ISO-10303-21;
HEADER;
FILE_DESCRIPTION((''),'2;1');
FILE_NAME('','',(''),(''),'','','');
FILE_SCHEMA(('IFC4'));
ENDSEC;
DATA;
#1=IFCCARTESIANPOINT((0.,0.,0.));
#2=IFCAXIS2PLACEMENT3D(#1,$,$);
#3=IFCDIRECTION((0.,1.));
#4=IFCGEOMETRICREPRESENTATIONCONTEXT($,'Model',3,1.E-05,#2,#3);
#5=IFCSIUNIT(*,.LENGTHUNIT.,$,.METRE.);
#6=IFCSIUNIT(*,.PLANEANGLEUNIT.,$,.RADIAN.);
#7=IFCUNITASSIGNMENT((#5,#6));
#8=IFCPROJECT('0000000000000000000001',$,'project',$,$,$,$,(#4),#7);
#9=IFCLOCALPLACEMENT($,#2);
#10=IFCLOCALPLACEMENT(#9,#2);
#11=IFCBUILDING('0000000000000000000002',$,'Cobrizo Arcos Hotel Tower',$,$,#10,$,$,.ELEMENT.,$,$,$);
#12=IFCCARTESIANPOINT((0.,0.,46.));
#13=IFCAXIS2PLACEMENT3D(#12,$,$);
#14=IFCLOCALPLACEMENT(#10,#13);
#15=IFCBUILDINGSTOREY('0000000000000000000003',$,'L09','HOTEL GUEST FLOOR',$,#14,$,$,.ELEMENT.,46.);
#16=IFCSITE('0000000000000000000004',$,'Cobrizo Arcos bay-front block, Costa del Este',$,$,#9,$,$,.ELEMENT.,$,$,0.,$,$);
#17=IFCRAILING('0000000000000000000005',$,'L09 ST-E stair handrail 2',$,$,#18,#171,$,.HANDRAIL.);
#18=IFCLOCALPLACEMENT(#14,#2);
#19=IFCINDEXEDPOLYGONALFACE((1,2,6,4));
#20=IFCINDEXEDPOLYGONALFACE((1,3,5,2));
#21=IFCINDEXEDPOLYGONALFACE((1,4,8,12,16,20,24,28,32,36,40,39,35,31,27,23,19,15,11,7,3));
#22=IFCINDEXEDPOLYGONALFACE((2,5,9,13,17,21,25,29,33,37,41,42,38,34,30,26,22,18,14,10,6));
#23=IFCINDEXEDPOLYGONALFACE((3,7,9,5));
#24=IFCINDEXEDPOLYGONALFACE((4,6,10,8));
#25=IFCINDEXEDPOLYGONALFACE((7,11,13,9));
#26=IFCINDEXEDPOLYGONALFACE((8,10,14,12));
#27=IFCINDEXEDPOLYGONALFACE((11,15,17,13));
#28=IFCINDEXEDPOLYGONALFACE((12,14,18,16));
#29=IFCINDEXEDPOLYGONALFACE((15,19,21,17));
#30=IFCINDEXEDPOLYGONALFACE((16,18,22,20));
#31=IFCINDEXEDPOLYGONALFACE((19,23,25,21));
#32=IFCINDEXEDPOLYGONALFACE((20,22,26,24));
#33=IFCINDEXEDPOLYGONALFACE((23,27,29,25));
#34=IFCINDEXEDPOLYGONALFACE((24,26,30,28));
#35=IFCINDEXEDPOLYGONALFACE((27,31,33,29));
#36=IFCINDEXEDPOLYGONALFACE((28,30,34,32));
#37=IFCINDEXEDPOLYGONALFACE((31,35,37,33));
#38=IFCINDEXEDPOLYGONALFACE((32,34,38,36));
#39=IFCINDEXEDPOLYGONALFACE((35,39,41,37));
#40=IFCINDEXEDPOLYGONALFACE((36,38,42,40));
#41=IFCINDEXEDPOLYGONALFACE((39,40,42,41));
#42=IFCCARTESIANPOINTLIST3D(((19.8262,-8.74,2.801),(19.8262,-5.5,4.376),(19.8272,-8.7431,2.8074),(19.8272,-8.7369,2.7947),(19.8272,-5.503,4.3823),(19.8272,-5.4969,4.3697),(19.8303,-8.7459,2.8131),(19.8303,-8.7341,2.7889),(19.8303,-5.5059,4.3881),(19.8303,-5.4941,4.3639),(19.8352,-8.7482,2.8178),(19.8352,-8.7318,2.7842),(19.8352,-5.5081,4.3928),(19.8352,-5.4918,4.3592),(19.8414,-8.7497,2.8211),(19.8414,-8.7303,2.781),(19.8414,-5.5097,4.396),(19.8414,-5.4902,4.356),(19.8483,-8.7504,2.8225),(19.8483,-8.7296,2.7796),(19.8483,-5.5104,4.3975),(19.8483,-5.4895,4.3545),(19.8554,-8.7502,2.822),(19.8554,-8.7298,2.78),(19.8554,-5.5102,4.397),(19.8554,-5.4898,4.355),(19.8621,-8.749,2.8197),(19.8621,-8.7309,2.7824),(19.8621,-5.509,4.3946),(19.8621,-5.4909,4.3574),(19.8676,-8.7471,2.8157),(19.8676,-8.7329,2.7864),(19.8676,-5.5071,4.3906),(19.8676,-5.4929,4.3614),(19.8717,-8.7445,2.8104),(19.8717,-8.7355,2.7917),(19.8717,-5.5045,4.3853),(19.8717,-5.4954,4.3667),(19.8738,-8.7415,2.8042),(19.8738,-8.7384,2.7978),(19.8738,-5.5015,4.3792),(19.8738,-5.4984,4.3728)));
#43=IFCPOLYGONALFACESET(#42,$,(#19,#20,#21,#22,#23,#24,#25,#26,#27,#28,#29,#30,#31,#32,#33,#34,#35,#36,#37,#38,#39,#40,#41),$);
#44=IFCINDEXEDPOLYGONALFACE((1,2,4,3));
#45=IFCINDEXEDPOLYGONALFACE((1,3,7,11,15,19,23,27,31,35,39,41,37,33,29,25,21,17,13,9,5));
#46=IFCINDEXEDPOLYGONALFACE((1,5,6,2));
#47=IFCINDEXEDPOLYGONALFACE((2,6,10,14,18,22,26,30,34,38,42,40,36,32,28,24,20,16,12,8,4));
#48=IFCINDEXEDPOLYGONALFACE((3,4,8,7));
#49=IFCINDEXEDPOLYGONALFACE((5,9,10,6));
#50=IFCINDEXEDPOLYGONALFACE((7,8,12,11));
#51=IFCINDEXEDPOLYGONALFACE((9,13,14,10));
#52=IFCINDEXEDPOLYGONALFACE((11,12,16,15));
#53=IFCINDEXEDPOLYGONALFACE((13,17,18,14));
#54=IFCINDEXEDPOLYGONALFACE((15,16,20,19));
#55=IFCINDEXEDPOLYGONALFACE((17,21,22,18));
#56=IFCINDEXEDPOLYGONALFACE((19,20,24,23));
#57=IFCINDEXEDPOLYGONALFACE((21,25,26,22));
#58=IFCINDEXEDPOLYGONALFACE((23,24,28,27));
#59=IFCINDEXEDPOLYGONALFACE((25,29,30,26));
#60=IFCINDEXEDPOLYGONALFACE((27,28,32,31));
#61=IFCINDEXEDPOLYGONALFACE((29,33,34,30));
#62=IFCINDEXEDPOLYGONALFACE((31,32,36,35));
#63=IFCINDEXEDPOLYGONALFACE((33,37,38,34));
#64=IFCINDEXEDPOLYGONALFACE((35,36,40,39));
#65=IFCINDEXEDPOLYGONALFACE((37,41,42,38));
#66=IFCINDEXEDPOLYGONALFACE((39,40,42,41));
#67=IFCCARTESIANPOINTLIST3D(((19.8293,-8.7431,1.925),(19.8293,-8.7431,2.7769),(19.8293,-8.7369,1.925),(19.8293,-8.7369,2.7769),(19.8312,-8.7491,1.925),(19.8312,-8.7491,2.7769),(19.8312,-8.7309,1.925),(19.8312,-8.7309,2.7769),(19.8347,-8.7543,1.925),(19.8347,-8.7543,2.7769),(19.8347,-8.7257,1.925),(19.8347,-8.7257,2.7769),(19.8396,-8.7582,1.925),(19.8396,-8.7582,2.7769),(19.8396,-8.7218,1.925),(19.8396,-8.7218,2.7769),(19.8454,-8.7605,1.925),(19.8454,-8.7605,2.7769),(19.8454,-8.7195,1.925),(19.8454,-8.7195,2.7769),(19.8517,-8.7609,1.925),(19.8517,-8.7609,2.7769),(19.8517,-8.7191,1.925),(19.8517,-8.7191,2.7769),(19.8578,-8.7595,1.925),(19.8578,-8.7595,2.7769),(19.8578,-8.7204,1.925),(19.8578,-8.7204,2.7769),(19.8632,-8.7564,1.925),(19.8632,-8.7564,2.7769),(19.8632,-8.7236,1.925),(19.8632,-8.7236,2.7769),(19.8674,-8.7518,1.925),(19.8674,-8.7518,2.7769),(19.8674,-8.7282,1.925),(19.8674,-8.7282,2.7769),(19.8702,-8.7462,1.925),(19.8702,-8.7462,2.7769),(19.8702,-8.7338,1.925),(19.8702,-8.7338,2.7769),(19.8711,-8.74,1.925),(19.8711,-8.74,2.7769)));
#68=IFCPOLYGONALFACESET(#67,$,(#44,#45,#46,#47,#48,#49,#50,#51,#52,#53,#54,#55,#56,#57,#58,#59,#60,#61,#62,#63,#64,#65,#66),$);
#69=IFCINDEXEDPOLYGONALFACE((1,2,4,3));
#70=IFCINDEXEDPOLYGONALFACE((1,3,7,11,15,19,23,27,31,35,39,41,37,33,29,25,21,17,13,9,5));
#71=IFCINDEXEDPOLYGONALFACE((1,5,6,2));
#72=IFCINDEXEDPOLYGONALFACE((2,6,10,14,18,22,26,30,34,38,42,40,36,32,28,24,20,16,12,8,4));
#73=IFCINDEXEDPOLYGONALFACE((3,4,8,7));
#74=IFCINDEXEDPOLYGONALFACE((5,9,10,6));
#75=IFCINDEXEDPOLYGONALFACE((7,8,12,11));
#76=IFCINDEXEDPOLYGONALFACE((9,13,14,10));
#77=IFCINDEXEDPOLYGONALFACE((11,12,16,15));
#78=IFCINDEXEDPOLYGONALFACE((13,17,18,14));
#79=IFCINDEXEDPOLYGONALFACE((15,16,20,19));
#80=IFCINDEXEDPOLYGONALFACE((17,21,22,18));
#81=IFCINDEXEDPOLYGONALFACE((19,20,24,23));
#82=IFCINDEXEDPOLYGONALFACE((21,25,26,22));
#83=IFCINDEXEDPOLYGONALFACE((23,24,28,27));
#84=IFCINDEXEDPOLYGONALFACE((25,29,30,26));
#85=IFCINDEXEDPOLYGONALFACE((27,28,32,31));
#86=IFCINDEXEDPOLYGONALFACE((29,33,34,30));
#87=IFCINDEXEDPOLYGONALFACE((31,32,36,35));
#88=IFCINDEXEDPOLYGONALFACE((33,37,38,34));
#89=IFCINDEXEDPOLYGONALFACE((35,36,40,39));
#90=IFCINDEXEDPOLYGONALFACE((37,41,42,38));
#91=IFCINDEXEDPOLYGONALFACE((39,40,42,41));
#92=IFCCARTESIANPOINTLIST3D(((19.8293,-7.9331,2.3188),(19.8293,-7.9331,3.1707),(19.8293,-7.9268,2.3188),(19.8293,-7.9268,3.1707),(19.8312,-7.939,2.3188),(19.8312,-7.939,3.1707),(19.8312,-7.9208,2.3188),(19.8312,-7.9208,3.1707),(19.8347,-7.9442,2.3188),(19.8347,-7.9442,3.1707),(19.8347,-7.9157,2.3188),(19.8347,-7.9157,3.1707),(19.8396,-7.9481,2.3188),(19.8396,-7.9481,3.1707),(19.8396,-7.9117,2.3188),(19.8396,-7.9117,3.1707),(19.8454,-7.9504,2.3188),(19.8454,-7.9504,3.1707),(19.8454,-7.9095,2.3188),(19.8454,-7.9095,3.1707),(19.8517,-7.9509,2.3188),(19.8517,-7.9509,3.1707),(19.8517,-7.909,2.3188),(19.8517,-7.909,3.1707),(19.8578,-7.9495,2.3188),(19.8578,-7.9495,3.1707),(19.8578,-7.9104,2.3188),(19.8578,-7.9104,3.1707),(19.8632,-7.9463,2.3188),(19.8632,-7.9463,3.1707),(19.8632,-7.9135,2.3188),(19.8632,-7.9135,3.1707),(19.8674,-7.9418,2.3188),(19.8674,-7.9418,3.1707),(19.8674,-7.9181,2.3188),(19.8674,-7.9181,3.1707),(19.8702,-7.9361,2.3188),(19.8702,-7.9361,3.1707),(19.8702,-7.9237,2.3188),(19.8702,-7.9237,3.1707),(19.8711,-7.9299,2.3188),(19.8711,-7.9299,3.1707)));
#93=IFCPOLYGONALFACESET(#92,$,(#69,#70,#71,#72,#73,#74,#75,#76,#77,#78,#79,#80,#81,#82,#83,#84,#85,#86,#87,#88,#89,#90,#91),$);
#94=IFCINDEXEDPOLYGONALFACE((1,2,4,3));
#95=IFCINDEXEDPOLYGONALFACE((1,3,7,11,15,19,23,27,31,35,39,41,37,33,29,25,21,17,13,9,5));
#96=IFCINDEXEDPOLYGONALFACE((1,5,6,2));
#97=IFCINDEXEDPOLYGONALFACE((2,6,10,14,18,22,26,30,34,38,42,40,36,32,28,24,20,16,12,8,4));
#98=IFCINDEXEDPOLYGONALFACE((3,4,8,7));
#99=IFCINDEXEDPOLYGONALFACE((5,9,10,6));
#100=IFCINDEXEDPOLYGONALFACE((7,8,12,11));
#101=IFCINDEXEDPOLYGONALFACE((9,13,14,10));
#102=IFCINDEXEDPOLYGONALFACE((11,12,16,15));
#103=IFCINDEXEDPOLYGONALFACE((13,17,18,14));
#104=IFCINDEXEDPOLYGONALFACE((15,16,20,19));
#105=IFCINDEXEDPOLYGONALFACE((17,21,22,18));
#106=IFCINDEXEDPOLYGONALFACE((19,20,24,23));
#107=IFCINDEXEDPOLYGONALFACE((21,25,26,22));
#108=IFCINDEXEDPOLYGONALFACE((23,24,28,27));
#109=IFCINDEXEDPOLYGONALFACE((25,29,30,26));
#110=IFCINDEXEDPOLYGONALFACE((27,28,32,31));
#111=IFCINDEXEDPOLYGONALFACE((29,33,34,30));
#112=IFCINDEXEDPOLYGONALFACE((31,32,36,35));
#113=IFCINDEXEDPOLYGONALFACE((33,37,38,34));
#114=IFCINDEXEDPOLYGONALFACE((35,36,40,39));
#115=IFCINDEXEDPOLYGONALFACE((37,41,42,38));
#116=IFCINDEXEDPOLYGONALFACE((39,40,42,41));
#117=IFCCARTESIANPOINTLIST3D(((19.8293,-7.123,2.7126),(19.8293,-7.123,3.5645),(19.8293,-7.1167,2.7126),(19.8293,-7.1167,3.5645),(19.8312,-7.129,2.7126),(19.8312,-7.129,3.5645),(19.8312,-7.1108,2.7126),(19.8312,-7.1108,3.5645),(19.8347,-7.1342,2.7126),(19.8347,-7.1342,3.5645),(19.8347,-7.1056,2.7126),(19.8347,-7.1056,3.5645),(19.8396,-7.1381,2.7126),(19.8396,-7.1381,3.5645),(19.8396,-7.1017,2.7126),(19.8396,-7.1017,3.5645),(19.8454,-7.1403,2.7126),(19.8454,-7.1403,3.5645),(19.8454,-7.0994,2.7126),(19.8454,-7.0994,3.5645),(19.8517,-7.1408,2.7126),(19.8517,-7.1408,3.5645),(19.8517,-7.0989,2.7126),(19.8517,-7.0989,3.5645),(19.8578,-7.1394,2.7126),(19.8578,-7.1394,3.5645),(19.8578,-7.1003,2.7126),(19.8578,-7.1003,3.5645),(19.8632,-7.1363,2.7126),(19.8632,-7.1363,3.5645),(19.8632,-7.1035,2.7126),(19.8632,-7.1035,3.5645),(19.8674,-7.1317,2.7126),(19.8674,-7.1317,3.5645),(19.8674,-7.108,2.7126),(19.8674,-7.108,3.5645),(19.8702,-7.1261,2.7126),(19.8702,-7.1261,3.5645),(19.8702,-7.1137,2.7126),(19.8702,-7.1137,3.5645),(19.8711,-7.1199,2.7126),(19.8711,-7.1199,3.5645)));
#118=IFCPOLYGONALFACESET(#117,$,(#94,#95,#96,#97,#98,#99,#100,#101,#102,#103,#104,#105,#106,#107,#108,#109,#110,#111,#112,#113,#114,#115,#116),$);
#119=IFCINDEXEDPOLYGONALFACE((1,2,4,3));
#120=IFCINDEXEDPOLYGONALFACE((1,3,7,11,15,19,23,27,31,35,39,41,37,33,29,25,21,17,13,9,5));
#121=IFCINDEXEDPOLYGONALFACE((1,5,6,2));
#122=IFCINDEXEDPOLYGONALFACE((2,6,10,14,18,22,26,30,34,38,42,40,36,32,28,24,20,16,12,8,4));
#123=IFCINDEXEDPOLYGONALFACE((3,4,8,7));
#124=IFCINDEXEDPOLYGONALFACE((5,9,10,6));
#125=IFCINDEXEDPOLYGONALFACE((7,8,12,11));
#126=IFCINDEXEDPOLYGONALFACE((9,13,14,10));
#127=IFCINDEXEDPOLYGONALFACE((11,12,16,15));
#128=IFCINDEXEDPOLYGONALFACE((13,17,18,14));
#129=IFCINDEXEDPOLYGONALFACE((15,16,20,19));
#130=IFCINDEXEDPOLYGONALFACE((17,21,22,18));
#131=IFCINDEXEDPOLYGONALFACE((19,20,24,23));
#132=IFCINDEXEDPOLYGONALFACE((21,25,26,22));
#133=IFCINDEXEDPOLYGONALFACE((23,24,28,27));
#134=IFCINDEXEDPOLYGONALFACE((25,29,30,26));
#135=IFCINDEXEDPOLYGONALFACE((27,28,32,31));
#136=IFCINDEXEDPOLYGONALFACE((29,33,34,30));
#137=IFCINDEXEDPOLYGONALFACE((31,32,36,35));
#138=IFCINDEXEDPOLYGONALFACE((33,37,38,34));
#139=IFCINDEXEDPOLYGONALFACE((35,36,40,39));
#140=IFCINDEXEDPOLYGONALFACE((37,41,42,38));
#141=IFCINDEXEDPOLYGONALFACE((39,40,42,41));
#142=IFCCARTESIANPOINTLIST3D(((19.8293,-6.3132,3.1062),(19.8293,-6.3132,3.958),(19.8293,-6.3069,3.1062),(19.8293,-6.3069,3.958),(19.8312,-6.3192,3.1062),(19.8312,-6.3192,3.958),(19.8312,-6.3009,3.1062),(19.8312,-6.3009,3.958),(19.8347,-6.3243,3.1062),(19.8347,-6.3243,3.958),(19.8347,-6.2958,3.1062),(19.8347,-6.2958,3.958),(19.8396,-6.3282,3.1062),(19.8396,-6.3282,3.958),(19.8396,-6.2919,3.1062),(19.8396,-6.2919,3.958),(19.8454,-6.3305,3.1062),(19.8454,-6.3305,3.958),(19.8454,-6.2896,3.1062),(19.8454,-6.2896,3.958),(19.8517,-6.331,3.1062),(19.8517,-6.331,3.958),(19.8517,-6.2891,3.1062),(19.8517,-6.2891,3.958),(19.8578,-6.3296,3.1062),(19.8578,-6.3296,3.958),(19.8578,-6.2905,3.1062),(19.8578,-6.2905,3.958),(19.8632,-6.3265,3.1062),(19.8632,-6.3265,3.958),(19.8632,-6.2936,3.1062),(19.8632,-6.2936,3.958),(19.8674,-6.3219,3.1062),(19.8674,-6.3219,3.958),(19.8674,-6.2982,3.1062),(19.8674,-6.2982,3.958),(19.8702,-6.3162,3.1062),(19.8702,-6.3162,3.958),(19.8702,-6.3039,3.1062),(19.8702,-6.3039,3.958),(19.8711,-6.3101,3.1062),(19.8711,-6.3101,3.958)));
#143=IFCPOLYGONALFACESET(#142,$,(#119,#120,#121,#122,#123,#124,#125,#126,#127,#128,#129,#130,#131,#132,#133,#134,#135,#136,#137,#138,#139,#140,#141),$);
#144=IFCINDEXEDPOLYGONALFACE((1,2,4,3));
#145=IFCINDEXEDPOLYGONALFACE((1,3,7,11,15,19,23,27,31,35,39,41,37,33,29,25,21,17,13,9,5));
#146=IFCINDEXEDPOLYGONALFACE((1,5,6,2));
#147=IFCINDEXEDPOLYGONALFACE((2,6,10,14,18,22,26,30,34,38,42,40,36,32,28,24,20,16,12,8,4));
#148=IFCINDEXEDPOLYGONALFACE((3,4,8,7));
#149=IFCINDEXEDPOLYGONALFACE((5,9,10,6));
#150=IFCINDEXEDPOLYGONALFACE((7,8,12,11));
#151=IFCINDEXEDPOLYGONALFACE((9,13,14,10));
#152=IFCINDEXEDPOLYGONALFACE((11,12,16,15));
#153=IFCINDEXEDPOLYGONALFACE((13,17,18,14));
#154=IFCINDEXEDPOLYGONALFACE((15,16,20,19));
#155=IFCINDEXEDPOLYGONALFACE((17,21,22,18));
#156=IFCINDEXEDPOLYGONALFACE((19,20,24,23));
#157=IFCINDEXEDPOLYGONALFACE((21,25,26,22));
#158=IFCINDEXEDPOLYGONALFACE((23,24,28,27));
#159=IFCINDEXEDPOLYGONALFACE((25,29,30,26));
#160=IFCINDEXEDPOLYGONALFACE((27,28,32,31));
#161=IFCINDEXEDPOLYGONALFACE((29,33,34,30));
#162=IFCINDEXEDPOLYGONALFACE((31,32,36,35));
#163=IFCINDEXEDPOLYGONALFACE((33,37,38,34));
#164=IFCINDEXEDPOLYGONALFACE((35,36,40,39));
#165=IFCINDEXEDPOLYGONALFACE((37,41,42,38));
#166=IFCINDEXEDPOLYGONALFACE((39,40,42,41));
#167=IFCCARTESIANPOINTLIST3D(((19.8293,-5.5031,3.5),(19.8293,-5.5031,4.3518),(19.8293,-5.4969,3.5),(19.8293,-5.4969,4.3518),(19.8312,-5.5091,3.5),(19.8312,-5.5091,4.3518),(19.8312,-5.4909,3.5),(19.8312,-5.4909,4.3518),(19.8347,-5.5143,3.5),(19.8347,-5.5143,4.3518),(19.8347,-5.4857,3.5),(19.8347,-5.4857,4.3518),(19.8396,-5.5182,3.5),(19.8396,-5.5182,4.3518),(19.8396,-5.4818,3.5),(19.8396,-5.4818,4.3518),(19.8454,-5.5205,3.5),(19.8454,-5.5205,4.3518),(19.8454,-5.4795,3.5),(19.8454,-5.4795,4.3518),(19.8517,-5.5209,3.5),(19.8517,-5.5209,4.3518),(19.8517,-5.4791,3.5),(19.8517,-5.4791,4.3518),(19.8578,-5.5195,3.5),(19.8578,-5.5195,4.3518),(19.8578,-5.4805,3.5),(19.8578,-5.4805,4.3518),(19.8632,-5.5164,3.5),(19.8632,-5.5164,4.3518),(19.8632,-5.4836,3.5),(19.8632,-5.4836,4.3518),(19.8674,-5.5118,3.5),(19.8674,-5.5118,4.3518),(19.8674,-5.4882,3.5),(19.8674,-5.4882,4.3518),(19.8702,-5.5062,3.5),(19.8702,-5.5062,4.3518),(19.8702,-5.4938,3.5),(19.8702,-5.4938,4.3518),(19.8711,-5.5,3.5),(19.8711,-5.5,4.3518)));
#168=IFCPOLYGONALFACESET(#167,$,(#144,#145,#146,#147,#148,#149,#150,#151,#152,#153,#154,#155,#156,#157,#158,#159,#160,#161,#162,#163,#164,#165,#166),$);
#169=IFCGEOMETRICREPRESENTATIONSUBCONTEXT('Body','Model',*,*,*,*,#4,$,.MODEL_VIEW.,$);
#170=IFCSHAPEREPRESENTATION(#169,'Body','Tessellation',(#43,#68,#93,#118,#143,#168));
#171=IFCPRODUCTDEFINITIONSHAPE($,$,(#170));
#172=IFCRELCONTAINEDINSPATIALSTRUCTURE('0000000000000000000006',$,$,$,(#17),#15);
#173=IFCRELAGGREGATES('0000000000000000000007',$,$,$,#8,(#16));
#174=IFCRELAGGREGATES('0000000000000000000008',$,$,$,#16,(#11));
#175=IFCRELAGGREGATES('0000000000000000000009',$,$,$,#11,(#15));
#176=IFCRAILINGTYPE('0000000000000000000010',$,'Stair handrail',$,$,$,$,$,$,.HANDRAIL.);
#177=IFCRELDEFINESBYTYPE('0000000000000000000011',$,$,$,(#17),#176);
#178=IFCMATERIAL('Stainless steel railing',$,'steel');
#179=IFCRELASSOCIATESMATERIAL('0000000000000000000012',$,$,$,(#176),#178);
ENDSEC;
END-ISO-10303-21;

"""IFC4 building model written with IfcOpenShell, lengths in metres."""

from ifc_helpers import new_model, si_unit, direction, frame, origin, origin_2d, place, context, subcontext, project, spatial, circle, extrude, material, type_object, element, save


model = new_model("IFC4")

# Units and contexts
model_context = context("Model", 3, precision=1e-05, world=origin(), true_north=direction((0.0, 1.0)))
body_context = subcontext(model_context, "Body", "Model", "MODEL_VIEW")
ifc_project = project(units=[si_unit("LENGTHUNIT", "METRE"), si_unit("PLANEANGLEUNIT", "RADIAN")], contexts=[model_context])

# Site, building, storey
site_placement = place(None, origin())
site = spatial("IfcSite", under=ifc_project, at=site_placement, Name="Cobrizo Arcos bay-front block, Costa del Este", CompositionType="ELEMENT", RefElevation=0.0)
building_placement = place(site_placement, origin())
building = spatial("IfcBuilding", under=site, at=building_placement, Name="Cobrizo Arcos Hotel Tower", CompositionType="ELEMENT")
storey_placement = place(building_placement, frame((0.0, 0.0, 46.0)))
storey = spatial("IfcBuildingStorey", under=building, at=storey_placement, Name="L09", Description="HOTEL GUEST FLOOR", CompositionType="ELEMENT", Elevation=46.0)

# Railing
ifc_material_1 = material(Name="Stainless steel railing", Category="steel")
railing_type_1 = type_object("IfcRailingType", Name="Stair handrail", PredefinedType="HANDRAIL", material=ifc_material_1)
railing_1_placement = place(storey_placement, frame((19.8501, -8.74, 1.925)))
element("IfcRailing", 1, at=railing_1_placement, inside=storey, type_object=railing_type_1, Name="L09 ST-E stair handrail 2", PredefinedType="HANDRAIL", context=body_context, shape_type="SweptSolid", body=[
    extrude(circle(Radius=0.0239, at=origin_2d()), frame((0.0, 0.0, 0.876), z_axis=(0.0, 0.899373, 0.437183), x_axis=(-1.0, 0.0, 0.0)), (0.0, 0.0, 1.0), 3.6025),
    extrude(circle(Radius=0.021, at=origin_2d()), origin(), (0.0, 0.0, 1.0), 0.8518),
    extrude(circle(Radius=0.021, at=origin_2d()), frame((0.0, 0.8101, 0.3938)), (0.0, 0.0, 1.0), 0.8518),
    extrude(circle(Radius=0.021, at=origin_2d()), frame((0.0, 1.6201, 0.7876)), (0.0, 0.0, 1.0), 0.8518),
    extrude(circle(Radius=0.021, at=origin_2d()), frame((0.0, 2.4299, 1.1812)), (0.0, 0.0, 1.0), 0.8518),
    extrude(circle(Radius=0.021, at=origin_2d()), frame((0.0, 3.24, 1.575)), (0.0, 0.0, 1.0), 0.8518),
])

save(model, "model.ifc")
